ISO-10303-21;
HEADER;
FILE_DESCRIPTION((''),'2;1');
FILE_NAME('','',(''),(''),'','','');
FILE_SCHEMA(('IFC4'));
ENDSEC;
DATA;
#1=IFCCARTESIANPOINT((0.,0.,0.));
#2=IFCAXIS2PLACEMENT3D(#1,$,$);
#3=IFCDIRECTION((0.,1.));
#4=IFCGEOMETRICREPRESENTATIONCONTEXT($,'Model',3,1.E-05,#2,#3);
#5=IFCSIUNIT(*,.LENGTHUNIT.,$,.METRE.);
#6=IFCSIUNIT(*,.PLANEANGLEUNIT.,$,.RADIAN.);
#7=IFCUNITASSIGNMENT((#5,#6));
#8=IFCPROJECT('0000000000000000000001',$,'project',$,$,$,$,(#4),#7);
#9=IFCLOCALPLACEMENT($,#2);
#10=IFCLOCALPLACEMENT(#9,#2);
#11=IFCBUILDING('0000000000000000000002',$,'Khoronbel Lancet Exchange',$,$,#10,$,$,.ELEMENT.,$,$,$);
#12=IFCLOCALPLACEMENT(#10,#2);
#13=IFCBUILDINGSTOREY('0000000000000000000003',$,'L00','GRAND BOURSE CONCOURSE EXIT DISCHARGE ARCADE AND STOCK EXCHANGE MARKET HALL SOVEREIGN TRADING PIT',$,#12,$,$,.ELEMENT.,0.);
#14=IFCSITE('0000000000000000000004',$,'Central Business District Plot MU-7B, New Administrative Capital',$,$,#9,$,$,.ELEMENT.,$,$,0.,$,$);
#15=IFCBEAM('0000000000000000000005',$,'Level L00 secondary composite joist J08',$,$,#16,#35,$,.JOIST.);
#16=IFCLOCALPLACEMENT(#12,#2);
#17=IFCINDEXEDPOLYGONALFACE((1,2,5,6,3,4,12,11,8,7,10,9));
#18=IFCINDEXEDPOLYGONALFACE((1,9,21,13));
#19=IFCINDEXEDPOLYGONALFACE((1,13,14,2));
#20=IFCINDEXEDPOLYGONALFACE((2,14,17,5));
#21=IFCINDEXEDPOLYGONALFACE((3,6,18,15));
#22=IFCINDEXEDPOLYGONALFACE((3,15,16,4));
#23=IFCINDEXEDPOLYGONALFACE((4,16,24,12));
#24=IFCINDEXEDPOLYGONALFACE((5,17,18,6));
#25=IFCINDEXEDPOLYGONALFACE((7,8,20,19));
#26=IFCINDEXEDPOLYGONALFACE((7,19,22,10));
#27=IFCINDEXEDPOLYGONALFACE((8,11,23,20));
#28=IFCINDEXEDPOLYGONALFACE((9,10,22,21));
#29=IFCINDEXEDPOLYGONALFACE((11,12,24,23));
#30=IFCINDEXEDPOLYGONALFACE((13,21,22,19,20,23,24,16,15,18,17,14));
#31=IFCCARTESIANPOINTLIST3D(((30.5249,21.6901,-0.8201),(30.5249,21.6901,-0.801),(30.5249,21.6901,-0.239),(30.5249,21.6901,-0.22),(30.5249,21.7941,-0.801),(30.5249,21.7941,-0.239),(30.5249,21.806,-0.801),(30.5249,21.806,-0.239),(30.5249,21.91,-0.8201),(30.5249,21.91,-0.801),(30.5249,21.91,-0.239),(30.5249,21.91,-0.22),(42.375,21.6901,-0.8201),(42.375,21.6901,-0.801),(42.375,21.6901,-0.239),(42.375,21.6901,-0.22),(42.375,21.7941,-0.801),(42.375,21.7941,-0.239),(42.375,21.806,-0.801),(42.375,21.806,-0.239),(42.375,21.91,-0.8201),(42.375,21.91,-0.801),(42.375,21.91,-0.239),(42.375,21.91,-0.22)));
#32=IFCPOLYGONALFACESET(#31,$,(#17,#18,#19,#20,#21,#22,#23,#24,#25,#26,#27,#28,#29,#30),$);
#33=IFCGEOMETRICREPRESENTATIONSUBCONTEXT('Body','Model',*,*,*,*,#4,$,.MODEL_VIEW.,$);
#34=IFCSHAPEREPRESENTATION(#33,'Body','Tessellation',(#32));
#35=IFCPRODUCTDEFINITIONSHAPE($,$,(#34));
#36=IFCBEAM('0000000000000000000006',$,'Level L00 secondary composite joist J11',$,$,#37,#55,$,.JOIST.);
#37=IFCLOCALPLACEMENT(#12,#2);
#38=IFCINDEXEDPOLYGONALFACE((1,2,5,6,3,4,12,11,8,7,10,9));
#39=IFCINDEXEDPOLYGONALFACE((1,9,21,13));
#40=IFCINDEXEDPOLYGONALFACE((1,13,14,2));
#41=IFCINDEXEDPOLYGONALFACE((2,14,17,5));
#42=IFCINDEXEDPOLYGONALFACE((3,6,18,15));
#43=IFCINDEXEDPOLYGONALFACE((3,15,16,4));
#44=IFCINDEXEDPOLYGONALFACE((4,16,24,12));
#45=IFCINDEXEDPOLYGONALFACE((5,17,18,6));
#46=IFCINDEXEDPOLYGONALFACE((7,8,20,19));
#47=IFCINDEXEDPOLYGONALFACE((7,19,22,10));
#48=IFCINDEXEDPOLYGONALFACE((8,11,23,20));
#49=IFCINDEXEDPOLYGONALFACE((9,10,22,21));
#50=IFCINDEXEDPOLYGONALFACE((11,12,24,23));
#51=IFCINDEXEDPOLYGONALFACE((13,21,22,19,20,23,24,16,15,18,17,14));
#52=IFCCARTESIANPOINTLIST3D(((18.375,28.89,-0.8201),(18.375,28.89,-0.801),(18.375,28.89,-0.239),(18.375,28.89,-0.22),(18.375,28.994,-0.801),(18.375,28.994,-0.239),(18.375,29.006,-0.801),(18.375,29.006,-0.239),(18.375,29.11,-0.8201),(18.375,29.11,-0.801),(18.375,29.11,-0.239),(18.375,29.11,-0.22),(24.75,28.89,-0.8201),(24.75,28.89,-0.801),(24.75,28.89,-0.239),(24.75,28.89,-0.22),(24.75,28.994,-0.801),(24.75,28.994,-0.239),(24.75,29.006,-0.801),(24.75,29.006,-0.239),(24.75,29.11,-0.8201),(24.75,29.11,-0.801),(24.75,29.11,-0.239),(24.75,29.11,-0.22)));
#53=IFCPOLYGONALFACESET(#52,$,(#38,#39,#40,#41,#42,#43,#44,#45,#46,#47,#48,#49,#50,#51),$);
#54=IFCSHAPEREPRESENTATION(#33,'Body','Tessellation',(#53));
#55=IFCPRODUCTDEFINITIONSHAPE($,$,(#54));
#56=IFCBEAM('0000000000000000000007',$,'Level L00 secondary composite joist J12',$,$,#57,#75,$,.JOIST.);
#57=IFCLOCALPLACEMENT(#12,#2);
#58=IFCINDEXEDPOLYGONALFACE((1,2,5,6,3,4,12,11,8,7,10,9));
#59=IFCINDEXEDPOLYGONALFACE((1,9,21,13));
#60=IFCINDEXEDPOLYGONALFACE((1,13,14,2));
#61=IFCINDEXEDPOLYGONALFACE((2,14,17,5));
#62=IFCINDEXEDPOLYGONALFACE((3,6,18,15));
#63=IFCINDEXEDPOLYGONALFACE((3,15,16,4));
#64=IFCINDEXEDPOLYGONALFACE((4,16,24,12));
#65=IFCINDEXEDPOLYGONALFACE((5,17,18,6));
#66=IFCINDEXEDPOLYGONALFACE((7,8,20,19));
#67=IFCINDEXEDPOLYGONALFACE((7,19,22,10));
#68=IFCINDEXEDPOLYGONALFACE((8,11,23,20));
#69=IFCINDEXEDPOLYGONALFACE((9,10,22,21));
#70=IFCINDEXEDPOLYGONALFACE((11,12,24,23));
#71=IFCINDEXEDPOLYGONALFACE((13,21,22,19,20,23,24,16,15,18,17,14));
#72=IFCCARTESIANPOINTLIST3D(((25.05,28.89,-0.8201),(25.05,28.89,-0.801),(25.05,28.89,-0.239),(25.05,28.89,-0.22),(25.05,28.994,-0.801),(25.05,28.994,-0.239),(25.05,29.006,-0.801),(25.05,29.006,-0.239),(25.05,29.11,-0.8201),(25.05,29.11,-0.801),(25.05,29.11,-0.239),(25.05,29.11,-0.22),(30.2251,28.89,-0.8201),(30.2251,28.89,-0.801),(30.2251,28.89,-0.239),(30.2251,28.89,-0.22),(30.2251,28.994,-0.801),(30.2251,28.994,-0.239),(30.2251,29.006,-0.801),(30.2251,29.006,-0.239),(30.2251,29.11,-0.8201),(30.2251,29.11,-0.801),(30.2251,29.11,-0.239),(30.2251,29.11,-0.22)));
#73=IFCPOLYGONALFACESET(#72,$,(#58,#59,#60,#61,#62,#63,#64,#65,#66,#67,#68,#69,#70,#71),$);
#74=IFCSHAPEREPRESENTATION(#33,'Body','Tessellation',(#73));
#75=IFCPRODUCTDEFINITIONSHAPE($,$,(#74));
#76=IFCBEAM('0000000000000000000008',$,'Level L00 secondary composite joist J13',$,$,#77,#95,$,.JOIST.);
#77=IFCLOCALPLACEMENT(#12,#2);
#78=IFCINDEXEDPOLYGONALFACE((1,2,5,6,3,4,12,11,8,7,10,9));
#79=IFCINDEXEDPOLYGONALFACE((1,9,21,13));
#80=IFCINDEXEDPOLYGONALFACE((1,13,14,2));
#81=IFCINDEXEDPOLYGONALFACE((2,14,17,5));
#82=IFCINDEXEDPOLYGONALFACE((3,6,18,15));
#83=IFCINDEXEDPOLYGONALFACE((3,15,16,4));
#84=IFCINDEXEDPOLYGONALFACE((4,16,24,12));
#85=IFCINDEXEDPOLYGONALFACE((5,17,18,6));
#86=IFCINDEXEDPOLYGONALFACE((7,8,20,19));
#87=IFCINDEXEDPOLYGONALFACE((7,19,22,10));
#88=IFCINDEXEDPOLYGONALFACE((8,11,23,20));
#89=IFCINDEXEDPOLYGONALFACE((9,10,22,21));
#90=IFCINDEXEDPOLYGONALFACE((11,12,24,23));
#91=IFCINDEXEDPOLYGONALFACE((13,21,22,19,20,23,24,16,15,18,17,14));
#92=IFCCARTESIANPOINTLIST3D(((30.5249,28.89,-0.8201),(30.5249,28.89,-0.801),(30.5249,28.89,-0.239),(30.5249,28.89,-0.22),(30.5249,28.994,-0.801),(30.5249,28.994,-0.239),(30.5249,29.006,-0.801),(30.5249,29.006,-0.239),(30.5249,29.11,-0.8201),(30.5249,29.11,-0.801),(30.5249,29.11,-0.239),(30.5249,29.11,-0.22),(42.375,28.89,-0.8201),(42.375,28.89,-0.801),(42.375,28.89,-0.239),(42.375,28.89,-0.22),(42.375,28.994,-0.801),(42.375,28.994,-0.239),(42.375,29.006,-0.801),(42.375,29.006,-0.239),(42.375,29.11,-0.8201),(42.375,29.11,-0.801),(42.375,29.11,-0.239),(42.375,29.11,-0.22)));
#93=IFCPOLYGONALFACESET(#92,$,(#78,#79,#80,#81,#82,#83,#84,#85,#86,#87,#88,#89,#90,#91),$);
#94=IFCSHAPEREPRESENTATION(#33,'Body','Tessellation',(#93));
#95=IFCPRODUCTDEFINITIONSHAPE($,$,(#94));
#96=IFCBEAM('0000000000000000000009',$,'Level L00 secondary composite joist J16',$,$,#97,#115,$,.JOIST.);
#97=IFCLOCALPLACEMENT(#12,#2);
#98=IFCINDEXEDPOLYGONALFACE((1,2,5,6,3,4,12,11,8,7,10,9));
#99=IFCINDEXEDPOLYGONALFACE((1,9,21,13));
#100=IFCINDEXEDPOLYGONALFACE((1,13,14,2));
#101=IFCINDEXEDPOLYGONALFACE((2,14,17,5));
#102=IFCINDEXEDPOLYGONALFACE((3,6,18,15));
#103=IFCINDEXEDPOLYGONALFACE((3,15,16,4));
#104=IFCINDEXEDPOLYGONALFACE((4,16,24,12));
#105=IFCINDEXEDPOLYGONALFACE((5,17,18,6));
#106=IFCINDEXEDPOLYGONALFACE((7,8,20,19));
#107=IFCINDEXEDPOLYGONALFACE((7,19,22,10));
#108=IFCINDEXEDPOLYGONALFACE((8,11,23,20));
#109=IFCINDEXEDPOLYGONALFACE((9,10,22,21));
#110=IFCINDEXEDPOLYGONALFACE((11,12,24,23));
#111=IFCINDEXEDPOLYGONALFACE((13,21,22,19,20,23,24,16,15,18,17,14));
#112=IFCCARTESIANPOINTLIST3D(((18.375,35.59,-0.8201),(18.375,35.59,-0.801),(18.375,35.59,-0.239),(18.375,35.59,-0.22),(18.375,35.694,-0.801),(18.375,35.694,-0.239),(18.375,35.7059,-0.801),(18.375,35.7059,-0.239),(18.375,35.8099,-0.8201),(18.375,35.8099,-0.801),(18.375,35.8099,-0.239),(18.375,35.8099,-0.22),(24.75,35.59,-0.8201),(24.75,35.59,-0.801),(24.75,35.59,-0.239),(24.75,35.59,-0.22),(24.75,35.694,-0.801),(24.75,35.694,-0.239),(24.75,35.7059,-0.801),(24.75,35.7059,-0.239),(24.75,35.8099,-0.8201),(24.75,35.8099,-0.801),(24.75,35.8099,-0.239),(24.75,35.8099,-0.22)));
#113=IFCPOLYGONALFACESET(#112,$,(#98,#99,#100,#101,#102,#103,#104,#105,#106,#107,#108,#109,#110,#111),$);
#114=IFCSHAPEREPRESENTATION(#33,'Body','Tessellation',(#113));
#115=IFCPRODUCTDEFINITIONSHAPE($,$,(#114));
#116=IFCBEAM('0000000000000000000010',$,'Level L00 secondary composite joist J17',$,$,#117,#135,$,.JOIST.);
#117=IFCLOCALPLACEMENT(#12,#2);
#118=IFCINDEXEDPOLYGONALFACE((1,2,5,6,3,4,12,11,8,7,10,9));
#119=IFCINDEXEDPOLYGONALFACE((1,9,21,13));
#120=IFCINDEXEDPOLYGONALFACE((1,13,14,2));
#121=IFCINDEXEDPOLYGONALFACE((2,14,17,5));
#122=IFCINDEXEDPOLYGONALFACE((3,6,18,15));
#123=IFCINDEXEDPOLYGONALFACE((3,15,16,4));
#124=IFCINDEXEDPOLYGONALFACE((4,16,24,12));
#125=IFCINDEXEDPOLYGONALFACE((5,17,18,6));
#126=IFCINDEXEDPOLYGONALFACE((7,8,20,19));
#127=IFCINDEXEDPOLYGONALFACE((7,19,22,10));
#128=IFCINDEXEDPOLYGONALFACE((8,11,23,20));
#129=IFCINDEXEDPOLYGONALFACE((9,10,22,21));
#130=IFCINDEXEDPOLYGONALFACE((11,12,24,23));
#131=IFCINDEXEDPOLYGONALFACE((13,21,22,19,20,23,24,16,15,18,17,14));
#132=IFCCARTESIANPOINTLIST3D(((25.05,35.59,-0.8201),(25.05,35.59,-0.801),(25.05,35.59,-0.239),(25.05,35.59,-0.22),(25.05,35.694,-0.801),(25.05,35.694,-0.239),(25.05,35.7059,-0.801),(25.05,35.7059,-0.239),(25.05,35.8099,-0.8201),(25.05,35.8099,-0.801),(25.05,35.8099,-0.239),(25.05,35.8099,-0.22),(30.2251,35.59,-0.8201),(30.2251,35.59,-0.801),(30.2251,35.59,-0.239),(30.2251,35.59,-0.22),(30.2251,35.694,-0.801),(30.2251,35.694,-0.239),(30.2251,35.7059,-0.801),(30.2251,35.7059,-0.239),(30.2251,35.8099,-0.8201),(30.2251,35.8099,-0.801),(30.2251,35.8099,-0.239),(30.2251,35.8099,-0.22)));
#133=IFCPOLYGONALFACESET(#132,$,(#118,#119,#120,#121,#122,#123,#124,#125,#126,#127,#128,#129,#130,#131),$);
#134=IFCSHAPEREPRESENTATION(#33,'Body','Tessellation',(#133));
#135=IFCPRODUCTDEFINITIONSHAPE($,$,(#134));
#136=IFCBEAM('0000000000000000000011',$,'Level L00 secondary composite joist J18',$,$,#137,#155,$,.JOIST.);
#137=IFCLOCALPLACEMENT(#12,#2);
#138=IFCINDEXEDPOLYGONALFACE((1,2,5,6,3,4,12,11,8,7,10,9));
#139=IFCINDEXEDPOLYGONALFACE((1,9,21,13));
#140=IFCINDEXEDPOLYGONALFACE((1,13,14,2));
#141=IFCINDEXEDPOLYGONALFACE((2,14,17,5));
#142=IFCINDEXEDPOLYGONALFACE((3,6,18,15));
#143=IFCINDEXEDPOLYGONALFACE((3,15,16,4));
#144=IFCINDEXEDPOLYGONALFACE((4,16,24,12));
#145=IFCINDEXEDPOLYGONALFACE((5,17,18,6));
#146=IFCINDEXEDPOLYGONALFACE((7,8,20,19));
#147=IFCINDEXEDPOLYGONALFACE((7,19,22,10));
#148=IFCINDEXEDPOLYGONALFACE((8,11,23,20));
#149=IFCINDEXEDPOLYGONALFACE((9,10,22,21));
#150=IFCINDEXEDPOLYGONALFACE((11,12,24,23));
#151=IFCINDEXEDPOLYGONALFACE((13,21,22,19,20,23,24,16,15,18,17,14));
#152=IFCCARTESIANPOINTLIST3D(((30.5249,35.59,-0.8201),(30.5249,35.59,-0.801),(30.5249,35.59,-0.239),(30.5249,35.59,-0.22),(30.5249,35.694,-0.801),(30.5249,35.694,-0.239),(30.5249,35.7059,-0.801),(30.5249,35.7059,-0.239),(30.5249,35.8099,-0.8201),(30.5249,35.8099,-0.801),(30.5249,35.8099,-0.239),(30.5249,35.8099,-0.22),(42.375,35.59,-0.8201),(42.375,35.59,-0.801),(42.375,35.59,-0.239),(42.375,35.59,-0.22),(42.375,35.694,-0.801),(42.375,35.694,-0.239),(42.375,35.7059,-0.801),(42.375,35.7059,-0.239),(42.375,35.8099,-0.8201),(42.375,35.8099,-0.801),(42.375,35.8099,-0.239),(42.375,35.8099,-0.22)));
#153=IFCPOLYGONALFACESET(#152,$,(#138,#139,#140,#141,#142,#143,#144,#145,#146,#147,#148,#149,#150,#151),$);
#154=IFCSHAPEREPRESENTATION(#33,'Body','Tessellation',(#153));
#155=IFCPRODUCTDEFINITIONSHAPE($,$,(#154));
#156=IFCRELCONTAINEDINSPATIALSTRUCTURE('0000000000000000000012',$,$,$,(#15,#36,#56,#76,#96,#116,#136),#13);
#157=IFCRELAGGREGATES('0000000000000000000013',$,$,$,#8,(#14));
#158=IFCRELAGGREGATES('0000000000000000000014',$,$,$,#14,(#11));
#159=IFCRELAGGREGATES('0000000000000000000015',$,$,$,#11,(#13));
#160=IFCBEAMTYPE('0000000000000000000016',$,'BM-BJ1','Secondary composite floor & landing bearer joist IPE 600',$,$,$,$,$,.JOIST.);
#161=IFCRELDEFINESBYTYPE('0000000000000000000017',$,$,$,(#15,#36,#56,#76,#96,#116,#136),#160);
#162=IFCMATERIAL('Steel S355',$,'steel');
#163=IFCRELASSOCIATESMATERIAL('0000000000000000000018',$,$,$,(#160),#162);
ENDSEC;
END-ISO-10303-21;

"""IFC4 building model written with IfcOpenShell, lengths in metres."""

from ifc_helpers import new_model, si_unit, direction, frame, origin, origin_2d, place, context, subcontext, project, spatial, i_section, extrude, material, material_profile, profile_set, type_object, element, save


model = new_model("IFC4")

# Units and contexts
model_context = context("Model", 3, precision=1e-05, world=origin(), true_north=direction((0.0, 1.0)))
body_context = subcontext(model_context, "Body", "Model", "MODEL_VIEW")
ifc_project = project(units=[si_unit("LENGTHUNIT", "METRE"), si_unit("PLANEANGLEUNIT", "RADIAN")], contexts=[model_context])

# Site, building, storey
site_placement = place(None, origin())
site = spatial("IfcSite", under=ifc_project, at=site_placement, Name="Central Business District Plot MU-7B, New Administrative Capital", CompositionType="ELEMENT", RefElevation=0.0)
building_placement = place(site_placement, origin())
building = spatial("IfcBuilding", under=site, at=building_placement, Name="Khoronbel Lancet Exchange", CompositionType="ELEMENT")
storey_placement = place(building_placement, origin())
storey = spatial("IfcBuildingStorey", under=building, at=storey_placement, Name="L00", Description="GRAND BOURSE CONCOURSE EXIT DISCHARGE ARCADE AND STOCK EXCHANGE MARKET HALL SOVEREIGN TRADING PIT", CompositionType="ELEMENT", Elevation=0.0)

# Beams
ifc_material_1 = material(Name="Steel S355", Category="steel")
ifc_material_profile_1 = material_profile(ifc_material_1, i_section(OverallWidth=0.22, OverallDepth=0.6001, WebThickness=0.012, FlangeThickness=0.019, at=origin_2d()), Name="IPE 600")
ifc_profile_set_1 = profile_set([ifc_material_profile_1], Name="Steel S355")
beam_type_1 = type_object("IfcBeamType", Name="BM-BJ1", Description="Secondary composite floor & landing bearer joist IPE 600", PredefinedType="JOIST", material=ifc_profile_set_1)
beam_1_placement = place(storey_placement, frame((30.5249, 21.8, -0.52), z_axis=(1.0, 0.0, 0.0), x_axis=(0.0, 1.0, 0.0)))
element("IfcBeam", 1, at=beam_1_placement, inside=storey, type_object=beam_type_1, Name="Level L00 secondary composite joist J08", PredefinedType="JOIST", context=body_context, shape_type="SweptSolid", body=[
    extrude(i_section(OverallWidth=0.22, OverallDepth=0.6001, WebThickness=0.012, FlangeThickness=0.019, at=origin_2d()), origin(), (0.0, 0.0, 1.0), 11.8501),
])
beam_2_placement = place(storey_placement, frame((18.375, 29.0, -0.52), z_axis=(1.0, 0.0, 0.0), x_axis=(0.0, 1.0, 0.0)))
element("IfcBeam", 2, at=beam_2_placement, inside=storey, type_object=beam_type_1, Name="Level L00 secondary composite joist J11", PredefinedType="JOIST", context=body_context, shape_type="SweptSolid", body=[
    extrude(i_section(OverallWidth=0.22, OverallDepth=0.6001, WebThickness=0.012, FlangeThickness=0.019, at=origin_2d()), origin(), (0.0, 0.0, 1.0), 6.375),
])
beam_3_placement = place(storey_placement, frame((25.05, 29.0, -0.52), z_axis=(1.0, 0.0, 0.0), x_axis=(0.0, 1.0, 0.0)))
element("IfcBeam", 3, at=beam_3_placement, inside=storey, type_object=beam_type_1, Name="Level L00 secondary composite joist J12", PredefinedType="JOIST", context=body_context, shape_type="SweptSolid", body=[
    extrude(i_section(OverallWidth=0.22, OverallDepth=0.6001, WebThickness=0.012, FlangeThickness=0.019, at=origin_2d()), origin(), (0.0, 0.0, 1.0), 5.175),
])
beam_4_placement = place(storey_placement, frame((30.5249, 29.0, -0.52), z_axis=(1.0, 0.0, 0.0), x_axis=(0.0, 1.0, 0.0)))
element("IfcBeam", 4, at=beam_4_placement, inside=storey, type_object=beam_type_1, Name="Level L00 secondary composite joist J13", PredefinedType="JOIST", context=body_context, shape_type="SweptSolid", body=[
    extrude(i_section(OverallWidth=0.22, OverallDepth=0.6001, WebThickness=0.012, FlangeThickness=0.019, at=origin_2d()), origin(), (0.0, 0.0, 1.0), 11.8501),
])
beam_5_placement = place(storey_placement, frame((18.375, 35.7, -0.52), z_axis=(1.0, 0.0, 0.0), x_axis=(0.0, 1.0, 0.0)))
element("IfcBeam", 5, at=beam_5_placement, inside=storey, type_object=beam_type_1, Name="Level L00 secondary composite joist J16", PredefinedType="JOIST", context=body_context, shape_type="SweptSolid", body=[
    extrude(i_section(OverallWidth=0.22, OverallDepth=0.6001, WebThickness=0.012, FlangeThickness=0.019, at=origin_2d()), origin(), (0.0, 0.0, 1.0), 6.375),
])
beam_6_placement = place(storey_placement, frame((25.05, 35.7, -0.52), z_axis=(1.0, 0.0, 0.0), x_axis=(0.0, 1.0, 0.0)))
element("IfcBeam", 6, at=beam_6_placement, inside=storey, type_object=beam_type_1, Name="Level L00 secondary composite joist J17", PredefinedType="JOIST", context=body_context, shape_type="SweptSolid", body=[
    extrude(i_section(OverallWidth=0.22, OverallDepth=0.6001, WebThickness=0.012, FlangeThickness=0.019, at=origin_2d()), origin(), (0.0, 0.0, 1.0), 5.175),
])
beam_7_placement = place(storey_placement, frame((30.5249, 35.7, -0.52), z_axis=(1.0, 0.0, 0.0), x_axis=(0.0, 1.0, 0.0)))
element("IfcBeam", 7, at=beam_7_placement, inside=storey, type_object=beam_type_1, Name="Level L00 secondary composite joist J18", PredefinedType="JOIST", context=body_context, shape_type="SweptSolid", body=[
    extrude(i_section(OverallWidth=0.22, OverallDepth=0.6001, WebThickness=0.012, FlangeThickness=0.019, at=origin_2d()), origin(), (0.0, 0.0, 1.0), 11.8501),
])

save(model, "model.ifc")
